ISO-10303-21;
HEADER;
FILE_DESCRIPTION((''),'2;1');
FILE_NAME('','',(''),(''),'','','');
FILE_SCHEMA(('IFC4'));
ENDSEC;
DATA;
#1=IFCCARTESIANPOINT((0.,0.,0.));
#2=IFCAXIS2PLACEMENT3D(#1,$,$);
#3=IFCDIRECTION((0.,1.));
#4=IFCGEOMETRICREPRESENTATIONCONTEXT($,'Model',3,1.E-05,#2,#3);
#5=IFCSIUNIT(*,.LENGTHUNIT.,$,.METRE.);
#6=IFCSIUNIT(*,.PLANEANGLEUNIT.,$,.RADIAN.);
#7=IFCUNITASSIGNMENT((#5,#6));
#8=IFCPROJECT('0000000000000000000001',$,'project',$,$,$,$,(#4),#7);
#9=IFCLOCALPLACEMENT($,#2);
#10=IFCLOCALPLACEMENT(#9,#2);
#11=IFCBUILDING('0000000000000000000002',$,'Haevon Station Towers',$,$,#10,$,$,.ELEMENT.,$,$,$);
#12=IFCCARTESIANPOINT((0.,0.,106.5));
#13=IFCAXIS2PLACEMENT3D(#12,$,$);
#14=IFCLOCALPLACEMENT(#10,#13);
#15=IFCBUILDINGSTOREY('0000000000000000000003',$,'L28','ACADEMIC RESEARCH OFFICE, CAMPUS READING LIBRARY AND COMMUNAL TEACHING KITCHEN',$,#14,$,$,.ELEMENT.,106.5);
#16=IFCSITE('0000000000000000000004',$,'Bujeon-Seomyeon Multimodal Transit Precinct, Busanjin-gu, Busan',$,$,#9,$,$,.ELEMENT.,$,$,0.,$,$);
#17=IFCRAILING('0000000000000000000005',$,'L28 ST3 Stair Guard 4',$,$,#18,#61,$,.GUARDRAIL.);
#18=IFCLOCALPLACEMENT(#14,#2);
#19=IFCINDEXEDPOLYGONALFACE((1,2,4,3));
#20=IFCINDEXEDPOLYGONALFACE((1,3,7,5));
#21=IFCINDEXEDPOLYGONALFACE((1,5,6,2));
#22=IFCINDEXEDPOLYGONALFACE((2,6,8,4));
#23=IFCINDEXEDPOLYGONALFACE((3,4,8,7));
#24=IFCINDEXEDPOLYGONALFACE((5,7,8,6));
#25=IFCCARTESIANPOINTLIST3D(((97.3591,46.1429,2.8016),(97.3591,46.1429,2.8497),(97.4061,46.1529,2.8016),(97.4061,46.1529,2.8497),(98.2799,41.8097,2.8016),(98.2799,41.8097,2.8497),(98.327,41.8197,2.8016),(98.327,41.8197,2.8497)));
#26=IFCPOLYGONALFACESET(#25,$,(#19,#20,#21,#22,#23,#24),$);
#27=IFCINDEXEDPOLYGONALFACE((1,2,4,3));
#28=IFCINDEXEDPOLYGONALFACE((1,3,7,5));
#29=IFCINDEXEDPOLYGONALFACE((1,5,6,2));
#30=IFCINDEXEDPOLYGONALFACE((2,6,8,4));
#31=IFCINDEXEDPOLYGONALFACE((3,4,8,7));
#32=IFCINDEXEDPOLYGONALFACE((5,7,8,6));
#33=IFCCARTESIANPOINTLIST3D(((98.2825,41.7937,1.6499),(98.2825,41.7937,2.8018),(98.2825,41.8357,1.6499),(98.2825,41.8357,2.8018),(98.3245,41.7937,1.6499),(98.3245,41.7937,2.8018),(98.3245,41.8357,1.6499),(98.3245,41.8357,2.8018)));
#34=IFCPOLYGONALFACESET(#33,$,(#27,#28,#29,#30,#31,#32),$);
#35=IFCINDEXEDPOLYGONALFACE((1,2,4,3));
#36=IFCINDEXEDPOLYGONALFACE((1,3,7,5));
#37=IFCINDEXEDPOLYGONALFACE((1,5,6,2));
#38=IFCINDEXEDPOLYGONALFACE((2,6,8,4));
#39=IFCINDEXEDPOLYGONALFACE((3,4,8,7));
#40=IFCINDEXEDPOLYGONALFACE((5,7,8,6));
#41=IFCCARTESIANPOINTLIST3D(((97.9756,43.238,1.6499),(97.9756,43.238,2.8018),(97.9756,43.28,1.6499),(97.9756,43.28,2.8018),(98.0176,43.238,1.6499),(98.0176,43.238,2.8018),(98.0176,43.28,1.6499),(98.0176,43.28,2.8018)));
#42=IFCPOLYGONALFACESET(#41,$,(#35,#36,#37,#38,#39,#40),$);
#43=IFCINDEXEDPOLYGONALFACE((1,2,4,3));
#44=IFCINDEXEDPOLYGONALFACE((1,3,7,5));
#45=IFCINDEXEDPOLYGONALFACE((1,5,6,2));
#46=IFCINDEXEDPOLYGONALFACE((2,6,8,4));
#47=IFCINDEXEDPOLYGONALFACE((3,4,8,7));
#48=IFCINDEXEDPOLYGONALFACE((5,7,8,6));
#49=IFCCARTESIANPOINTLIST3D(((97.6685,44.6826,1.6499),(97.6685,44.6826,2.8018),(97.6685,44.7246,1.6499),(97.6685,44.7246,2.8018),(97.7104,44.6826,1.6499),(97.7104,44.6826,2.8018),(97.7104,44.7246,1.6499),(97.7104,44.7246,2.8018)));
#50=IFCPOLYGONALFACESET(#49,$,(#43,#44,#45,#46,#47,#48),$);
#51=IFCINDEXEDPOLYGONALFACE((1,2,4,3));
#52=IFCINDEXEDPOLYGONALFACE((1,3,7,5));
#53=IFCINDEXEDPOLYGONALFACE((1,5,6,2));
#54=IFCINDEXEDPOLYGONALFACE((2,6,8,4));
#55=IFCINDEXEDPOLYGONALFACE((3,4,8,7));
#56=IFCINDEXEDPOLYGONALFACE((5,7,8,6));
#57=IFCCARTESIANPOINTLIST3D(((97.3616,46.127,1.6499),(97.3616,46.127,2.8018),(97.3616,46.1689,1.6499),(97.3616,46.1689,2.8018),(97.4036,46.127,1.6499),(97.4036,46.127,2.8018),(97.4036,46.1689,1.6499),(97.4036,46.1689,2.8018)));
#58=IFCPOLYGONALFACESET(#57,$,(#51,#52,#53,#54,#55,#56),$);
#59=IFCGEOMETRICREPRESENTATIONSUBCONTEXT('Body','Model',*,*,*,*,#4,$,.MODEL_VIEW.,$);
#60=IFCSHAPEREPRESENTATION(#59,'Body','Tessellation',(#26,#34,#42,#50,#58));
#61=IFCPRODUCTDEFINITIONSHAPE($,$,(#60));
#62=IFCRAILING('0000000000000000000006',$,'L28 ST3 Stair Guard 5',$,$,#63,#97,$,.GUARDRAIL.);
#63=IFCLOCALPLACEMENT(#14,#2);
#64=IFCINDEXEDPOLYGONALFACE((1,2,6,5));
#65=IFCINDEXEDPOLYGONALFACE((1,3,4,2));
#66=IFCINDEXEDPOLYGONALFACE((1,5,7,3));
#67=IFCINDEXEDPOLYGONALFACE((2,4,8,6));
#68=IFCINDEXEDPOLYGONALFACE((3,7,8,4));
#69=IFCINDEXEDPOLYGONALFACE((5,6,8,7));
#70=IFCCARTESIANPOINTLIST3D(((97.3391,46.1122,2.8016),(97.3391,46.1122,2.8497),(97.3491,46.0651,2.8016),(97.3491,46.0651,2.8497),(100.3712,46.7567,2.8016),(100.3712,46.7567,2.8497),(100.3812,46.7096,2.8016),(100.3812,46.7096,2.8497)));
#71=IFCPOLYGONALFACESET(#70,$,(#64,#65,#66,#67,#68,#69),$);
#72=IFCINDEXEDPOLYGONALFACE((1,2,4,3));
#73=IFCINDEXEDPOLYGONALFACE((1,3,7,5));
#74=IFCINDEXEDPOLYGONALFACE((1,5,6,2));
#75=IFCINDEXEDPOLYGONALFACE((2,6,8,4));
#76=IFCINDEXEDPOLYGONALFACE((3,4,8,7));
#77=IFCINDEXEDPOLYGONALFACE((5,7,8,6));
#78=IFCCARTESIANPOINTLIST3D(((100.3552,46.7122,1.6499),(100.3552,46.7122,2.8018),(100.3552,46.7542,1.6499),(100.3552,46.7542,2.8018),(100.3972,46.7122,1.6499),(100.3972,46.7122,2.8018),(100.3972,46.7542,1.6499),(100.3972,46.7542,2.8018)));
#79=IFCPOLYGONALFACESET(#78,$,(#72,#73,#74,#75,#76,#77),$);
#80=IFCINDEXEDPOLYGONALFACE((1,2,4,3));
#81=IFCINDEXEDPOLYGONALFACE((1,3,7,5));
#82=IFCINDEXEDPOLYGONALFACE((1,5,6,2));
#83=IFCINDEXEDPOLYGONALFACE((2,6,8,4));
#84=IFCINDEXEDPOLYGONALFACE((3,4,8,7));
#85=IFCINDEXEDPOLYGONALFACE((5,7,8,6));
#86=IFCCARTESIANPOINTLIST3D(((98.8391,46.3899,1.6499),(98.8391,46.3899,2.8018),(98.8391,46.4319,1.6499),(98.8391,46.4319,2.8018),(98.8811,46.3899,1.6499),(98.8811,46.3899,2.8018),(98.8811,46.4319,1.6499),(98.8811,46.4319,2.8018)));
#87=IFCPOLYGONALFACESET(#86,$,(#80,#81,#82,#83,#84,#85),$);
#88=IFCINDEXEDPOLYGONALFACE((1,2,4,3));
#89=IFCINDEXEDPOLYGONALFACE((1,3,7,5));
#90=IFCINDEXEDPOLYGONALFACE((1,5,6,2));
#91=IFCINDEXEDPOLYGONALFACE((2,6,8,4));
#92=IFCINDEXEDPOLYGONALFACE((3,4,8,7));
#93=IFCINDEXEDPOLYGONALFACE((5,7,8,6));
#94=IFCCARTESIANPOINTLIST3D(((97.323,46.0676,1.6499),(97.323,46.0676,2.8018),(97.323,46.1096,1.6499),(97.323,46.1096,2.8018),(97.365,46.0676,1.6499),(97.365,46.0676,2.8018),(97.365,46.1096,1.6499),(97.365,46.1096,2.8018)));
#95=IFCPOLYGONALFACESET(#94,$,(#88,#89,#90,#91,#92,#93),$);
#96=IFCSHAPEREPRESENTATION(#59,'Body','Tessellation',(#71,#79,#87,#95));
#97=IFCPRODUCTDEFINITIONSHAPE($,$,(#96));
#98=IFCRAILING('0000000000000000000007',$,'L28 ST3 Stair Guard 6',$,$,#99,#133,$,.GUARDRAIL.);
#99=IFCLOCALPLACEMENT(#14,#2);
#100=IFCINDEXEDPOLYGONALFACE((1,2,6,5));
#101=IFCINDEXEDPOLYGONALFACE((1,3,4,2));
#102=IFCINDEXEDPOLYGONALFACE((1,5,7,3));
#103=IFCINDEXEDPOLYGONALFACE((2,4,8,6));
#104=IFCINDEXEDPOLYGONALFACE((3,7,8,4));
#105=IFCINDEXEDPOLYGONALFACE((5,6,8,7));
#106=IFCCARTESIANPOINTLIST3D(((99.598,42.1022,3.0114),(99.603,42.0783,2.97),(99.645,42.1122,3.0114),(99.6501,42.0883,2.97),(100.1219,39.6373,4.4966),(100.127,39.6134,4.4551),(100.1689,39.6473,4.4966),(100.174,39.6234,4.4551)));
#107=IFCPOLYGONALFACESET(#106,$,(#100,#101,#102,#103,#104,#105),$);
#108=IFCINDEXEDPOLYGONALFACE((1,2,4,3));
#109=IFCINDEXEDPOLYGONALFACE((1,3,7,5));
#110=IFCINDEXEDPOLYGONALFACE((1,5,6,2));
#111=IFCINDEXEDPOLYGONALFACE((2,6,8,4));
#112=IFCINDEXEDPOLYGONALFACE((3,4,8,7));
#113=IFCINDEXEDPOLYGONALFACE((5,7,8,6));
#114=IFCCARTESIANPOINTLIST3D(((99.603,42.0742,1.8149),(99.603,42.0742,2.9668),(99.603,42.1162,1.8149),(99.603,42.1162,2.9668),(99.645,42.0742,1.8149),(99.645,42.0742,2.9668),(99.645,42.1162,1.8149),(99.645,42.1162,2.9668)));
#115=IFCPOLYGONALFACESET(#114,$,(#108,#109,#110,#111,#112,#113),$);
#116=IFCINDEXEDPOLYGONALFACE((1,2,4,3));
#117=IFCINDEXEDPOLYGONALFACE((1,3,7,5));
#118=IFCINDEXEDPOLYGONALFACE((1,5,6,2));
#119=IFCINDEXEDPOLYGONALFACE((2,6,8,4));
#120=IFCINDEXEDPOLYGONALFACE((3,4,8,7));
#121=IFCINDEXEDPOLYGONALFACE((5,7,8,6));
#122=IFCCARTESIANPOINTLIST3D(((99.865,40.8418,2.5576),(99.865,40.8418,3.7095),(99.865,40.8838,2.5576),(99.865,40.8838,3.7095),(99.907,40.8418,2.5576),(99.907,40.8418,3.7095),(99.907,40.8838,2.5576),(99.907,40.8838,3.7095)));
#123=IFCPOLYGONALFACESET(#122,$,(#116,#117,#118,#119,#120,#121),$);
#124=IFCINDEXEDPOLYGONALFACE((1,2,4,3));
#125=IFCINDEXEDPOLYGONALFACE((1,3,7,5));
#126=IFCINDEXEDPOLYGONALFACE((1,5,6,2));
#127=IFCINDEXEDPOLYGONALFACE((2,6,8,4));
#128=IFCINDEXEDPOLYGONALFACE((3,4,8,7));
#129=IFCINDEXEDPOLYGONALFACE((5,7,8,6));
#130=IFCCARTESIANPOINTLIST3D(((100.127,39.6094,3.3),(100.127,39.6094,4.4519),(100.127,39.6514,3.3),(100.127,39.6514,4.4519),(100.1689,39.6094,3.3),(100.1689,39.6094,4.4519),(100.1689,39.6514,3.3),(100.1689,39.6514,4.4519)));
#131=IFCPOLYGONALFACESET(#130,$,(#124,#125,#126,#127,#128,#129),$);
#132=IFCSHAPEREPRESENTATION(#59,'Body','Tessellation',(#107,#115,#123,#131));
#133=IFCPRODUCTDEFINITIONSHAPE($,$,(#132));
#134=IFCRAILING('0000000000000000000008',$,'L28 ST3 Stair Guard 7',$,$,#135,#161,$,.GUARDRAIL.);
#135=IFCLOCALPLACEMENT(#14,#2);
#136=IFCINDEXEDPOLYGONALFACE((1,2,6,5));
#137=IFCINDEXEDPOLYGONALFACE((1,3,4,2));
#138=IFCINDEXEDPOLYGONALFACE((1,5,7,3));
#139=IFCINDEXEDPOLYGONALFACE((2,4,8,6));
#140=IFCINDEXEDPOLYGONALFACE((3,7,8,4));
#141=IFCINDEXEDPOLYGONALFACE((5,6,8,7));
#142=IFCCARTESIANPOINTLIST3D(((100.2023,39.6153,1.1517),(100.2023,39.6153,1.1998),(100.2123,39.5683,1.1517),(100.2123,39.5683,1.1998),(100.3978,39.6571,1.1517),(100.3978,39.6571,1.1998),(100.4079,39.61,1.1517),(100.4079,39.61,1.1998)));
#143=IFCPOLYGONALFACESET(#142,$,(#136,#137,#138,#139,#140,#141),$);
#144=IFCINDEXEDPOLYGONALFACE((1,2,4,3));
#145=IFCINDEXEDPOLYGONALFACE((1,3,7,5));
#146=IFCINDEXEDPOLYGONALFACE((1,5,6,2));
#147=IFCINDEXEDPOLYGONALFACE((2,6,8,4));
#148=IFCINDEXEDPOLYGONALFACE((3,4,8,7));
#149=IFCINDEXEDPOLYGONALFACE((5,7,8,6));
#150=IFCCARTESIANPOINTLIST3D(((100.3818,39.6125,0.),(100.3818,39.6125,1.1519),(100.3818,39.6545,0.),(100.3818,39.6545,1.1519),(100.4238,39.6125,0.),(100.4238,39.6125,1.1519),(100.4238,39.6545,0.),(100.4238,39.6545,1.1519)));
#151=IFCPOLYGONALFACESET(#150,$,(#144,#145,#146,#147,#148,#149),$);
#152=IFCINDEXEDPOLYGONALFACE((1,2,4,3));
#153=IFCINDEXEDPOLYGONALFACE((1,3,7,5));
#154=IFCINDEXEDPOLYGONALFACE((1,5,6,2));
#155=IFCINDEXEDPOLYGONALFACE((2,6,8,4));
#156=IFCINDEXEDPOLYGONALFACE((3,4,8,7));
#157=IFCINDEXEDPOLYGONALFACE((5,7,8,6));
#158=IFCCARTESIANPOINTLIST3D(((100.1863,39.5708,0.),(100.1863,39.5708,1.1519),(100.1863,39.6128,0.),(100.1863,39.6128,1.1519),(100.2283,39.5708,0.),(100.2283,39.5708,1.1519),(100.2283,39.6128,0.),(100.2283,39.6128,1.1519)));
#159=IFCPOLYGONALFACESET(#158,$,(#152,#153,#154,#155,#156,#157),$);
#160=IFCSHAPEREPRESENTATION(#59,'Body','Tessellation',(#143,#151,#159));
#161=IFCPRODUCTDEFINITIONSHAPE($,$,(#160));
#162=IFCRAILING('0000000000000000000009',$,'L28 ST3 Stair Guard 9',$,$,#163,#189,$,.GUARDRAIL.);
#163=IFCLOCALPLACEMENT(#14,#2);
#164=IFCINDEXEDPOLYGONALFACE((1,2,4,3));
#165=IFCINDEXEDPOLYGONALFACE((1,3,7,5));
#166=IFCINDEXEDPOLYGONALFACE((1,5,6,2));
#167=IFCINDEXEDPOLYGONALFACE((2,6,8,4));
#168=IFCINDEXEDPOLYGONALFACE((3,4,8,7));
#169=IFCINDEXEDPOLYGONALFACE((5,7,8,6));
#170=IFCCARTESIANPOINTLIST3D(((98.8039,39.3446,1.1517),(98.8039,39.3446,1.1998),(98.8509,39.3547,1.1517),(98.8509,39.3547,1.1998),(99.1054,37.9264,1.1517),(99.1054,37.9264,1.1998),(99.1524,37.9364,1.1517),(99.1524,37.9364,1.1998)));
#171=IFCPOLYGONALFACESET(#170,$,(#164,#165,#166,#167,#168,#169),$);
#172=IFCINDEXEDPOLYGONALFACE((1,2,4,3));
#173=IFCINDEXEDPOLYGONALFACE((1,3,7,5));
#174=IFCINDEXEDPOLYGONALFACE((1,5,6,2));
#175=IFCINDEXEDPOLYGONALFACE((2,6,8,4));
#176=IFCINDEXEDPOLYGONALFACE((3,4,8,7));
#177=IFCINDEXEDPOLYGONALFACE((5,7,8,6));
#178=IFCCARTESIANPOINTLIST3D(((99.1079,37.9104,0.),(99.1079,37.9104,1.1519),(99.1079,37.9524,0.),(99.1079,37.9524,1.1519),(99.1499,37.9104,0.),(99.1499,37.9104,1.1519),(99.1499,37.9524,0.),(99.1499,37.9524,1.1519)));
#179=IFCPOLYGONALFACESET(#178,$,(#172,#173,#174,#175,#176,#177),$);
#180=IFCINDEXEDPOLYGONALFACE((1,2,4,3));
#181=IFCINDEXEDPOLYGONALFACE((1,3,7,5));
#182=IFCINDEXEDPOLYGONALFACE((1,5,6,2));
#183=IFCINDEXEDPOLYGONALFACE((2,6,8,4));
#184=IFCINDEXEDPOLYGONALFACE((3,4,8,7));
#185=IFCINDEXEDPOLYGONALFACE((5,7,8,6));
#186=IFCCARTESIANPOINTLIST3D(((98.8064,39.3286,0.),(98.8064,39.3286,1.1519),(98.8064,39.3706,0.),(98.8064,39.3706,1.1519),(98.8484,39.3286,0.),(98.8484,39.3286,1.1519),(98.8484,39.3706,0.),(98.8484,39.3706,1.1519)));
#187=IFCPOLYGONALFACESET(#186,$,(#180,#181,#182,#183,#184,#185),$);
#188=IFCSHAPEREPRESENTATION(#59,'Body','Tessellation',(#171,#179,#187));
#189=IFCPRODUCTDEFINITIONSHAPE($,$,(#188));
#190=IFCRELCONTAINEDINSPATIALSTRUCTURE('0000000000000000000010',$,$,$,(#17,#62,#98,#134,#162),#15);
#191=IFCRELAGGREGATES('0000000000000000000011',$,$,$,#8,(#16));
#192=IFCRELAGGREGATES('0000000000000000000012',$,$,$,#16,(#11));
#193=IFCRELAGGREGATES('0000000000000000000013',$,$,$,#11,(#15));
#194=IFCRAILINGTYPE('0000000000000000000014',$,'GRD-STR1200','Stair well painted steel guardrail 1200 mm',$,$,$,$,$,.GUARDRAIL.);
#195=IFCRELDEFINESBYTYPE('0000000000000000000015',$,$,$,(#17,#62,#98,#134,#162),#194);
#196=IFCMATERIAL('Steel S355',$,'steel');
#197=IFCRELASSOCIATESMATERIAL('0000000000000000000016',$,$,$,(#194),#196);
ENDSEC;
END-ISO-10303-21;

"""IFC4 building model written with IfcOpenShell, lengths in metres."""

from ifc_helpers import new_model, si_unit, direction, frame, origin, origin_2d, place, context, subcontext, project, spatial, rectangle, extrude, material, type_object, element, save


model = new_model("IFC4")

# Units and contexts
model_context = context("Model", 3, precision=1e-05, world=origin(), true_north=direction((0.0, 1.0)))
body_context = subcontext(model_context, "Body", "Model", "MODEL_VIEW")
ifc_project = project(units=[si_unit("LENGTHUNIT", "METRE"), si_unit("PLANEANGLEUNIT", "RADIAN")], contexts=[model_context])

# Site, building, storey
site_placement = place(None, origin())
site = spatial("IfcSite", under=ifc_project, at=site_placement, Name="Bujeon-Seomyeon Multimodal Transit Precinct, Busanjin-gu, Busan", CompositionType="ELEMENT", RefElevation=0.0)
building_placement = place(site_placement, origin())
building = spatial("IfcBuilding", under=site, at=building_placement, Name="Haevon Station Towers", CompositionType="ELEMENT")
storey_placement = place(building_placement, frame((0.0, 0.0, 106.5)))
storey = spatial("IfcBuildingStorey", under=building, at=storey_placement, Name="L28", Description="ACADEMIC RESEARCH OFFICE, CAMPUS READING LIBRARY AND COMMUNAL TEACHING KITCHEN", CompositionType="ELEMENT", Elevation=106.5)

# Shared definitions
ifc_material_1 = material(Name="Steel S355", Category="steel")

# Railings
railing_type_1 = type_object("IfcRailingType", Name="GRD-STR1200", Description="Stair well painted steel guardrail 1200 mm", PredefinedType="GUARDRAIL", material=ifc_material_1)
railing_1_placement = place(storey_placement, frame((98.3035, 41.8147, 1.6499)))
element("IfcRailing", 1, at=railing_1_placement, inside=storey, type_object=railing_type_1, Name="L28 ST3 Stair Guard 4", PredefinedType="GUARDRAIL", context=body_context, shape_type="SweptSolid", body=[
    extrude(rectangle(XDim=0.0481, YDim=0.0481, at=origin_2d()), frame((0.0, 0.0, 1.1758), z_axis=(-0.207877, 0.978155, 0.0), x_axis=(-0.978155, -0.207877, 0.0)), (0.0, 0.0, 1.0), 4.4299),
    extrude(rectangle(XDim=0.042, YDim=0.042, at=origin_2d()), origin(), (0.0, 0.0, 1.0), 1.1519),
    extrude(rectangle(XDim=0.042, YDim=0.042, at=origin_2d()), frame((-0.3069, 1.4443, 0.0)), (0.0, 0.0, 1.0), 1.1519),
    extrude(rectangle(XDim=0.042, YDim=0.042, at=origin_2d()), frame((-0.614, 2.8889, 0.0)), (0.0, 0.0, 1.0), 1.1519),
    extrude(rectangle(XDim=0.042, YDim=0.042, at=origin_2d()), frame((-0.9209, 4.3333, 0.0)), (0.0, 0.0, 1.0), 1.1519),
])
railing_2_placement = place(storey_placement, frame((100.3762, 46.7332, 1.6499)))
element("IfcRailing", 2, at=railing_2_placement, inside=storey, type_object=railing_type_1, Name="L28 ST3 Stair Guard 5", PredefinedType="GUARDRAIL", context=body_context, shape_type="SweptSolid", body=[
    extrude(rectangle(XDim=0.0481, YDim=0.0481, at=origin_2d()), frame((0.0, 0.0, 1.1758), z_axis=(-0.978147, -0.207915, 0.0), x_axis=(0.207915, -0.978147, 0.0)), (0.0, 0.0, 1.0), 3.0999),
    extrude(rectangle(XDim=0.042, YDim=0.042, at=origin_2d()), origin(), (0.0, 0.0, 1.0), 1.1519),
    extrude(rectangle(XDim=0.042, YDim=0.042, at=origin_2d()), frame((-1.5161, -0.3223, 0.0)), (0.0, 0.0, 1.0), 1.1519),
    extrude(rectangle(XDim=0.042, YDim=0.042, at=origin_2d()), frame((-3.0322, -0.6445, 0.0)), (0.0, 0.0, 1.0), 1.1519),
])
railing_3_placement = place(storey_placement, frame((99.624, 42.0952, 1.8149)))
element("IfcRailing", 3, at=railing_3_placement, inside=storey, type_object=railing_type_1, Name="L28 ST3 Stair Guard 6", PredefinedType="GUARDRAIL", context=body_context, shape_type="SweptSolid", body=[
    extrude(rectangle(XDim=0.0481, YDim=0.0481, at=origin_2d()), frame((0.0, 0.0, 1.1758), z_axis=(0.179121, -0.842688, 0.507733), x_axis=(0.978147, 0.207914, 0.0)), (0.0, 0.0, 1.0), 2.925),
    extrude(rectangle(XDim=0.042, YDim=0.042, at=origin_2d()), origin(), (0.0, 0.0, 1.0), 1.1519),
    extrude(rectangle(XDim=0.042, YDim=0.042, at=origin_2d()), frame((0.262, -1.2324, 0.7427)), (0.0, 0.0, 1.0), 1.1519),
    extrude(rectangle(XDim=0.042, YDim=0.042, at=origin_2d()), frame((0.5239, -2.4648, 1.4851)), (0.0, 0.0, 1.0), 1.1519),
])
railing_4_placement = place(storey_placement, frame((100.4028, 39.6335, 0.0)))
element("IfcRailing", 4, at=railing_4_placement, inside=storey, type_object=railing_type_1, Name="L28 ST3 Stair Guard 7", PredefinedType="GUARDRAIL", context=body_context, shape_type="SweptSolid", body=[
    extrude(rectangle(XDim=0.0481, YDim=0.0481, at=origin_2d()), frame((0.0, 0.0, 1.1758), z_axis=(-0.977963, -0.208779, 0.0), x_axis=(0.208779, -0.977963, 0.0)), (0.0, 0.0, 1.0), 0.2),
    extrude(rectangle(XDim=0.042, YDim=0.042, at=origin_2d()), origin(), (0.0, 0.0, 1.0), 1.1519),
    extrude(rectangle(XDim=0.042, YDim=0.042, at=origin_2d()), frame((-0.1956, -0.0417, 0.0)), (0.0, 0.0, 1.0), 1.1519),
])
railing_5_placement = place(storey_placement, frame((99.1289, 37.9314, 0.0)))
element("IfcRailing", 5, at=railing_5_placement, inside=storey, type_object=railing_type_1, Name="L28 ST3 Stair Guard 9", PredefinedType="GUARDRAIL", context=body_context, shape_type="SweptSolid", body=[
    extrude(rectangle(XDim=0.0481, YDim=0.0481, at=origin_2d()), frame((0.0, 0.0, 1.1758), z_axis=(-0.207953, 0.978139, 0.0), x_axis=(-0.978139, -0.207953, 0.0)), (0.0, 0.0, 1.0), 1.45),
    extrude(rectangle(XDim=0.042, YDim=0.042, at=origin_2d()), origin(), (0.0, 0.0, 1.0), 1.1519),
    extrude(rectangle(XDim=0.042, YDim=0.042, at=origin_2d()), frame((-0.3015, 1.4182, 0.0)), (0.0, 0.0, 1.0), 1.1519),
])

save(model, "model.ifc")
